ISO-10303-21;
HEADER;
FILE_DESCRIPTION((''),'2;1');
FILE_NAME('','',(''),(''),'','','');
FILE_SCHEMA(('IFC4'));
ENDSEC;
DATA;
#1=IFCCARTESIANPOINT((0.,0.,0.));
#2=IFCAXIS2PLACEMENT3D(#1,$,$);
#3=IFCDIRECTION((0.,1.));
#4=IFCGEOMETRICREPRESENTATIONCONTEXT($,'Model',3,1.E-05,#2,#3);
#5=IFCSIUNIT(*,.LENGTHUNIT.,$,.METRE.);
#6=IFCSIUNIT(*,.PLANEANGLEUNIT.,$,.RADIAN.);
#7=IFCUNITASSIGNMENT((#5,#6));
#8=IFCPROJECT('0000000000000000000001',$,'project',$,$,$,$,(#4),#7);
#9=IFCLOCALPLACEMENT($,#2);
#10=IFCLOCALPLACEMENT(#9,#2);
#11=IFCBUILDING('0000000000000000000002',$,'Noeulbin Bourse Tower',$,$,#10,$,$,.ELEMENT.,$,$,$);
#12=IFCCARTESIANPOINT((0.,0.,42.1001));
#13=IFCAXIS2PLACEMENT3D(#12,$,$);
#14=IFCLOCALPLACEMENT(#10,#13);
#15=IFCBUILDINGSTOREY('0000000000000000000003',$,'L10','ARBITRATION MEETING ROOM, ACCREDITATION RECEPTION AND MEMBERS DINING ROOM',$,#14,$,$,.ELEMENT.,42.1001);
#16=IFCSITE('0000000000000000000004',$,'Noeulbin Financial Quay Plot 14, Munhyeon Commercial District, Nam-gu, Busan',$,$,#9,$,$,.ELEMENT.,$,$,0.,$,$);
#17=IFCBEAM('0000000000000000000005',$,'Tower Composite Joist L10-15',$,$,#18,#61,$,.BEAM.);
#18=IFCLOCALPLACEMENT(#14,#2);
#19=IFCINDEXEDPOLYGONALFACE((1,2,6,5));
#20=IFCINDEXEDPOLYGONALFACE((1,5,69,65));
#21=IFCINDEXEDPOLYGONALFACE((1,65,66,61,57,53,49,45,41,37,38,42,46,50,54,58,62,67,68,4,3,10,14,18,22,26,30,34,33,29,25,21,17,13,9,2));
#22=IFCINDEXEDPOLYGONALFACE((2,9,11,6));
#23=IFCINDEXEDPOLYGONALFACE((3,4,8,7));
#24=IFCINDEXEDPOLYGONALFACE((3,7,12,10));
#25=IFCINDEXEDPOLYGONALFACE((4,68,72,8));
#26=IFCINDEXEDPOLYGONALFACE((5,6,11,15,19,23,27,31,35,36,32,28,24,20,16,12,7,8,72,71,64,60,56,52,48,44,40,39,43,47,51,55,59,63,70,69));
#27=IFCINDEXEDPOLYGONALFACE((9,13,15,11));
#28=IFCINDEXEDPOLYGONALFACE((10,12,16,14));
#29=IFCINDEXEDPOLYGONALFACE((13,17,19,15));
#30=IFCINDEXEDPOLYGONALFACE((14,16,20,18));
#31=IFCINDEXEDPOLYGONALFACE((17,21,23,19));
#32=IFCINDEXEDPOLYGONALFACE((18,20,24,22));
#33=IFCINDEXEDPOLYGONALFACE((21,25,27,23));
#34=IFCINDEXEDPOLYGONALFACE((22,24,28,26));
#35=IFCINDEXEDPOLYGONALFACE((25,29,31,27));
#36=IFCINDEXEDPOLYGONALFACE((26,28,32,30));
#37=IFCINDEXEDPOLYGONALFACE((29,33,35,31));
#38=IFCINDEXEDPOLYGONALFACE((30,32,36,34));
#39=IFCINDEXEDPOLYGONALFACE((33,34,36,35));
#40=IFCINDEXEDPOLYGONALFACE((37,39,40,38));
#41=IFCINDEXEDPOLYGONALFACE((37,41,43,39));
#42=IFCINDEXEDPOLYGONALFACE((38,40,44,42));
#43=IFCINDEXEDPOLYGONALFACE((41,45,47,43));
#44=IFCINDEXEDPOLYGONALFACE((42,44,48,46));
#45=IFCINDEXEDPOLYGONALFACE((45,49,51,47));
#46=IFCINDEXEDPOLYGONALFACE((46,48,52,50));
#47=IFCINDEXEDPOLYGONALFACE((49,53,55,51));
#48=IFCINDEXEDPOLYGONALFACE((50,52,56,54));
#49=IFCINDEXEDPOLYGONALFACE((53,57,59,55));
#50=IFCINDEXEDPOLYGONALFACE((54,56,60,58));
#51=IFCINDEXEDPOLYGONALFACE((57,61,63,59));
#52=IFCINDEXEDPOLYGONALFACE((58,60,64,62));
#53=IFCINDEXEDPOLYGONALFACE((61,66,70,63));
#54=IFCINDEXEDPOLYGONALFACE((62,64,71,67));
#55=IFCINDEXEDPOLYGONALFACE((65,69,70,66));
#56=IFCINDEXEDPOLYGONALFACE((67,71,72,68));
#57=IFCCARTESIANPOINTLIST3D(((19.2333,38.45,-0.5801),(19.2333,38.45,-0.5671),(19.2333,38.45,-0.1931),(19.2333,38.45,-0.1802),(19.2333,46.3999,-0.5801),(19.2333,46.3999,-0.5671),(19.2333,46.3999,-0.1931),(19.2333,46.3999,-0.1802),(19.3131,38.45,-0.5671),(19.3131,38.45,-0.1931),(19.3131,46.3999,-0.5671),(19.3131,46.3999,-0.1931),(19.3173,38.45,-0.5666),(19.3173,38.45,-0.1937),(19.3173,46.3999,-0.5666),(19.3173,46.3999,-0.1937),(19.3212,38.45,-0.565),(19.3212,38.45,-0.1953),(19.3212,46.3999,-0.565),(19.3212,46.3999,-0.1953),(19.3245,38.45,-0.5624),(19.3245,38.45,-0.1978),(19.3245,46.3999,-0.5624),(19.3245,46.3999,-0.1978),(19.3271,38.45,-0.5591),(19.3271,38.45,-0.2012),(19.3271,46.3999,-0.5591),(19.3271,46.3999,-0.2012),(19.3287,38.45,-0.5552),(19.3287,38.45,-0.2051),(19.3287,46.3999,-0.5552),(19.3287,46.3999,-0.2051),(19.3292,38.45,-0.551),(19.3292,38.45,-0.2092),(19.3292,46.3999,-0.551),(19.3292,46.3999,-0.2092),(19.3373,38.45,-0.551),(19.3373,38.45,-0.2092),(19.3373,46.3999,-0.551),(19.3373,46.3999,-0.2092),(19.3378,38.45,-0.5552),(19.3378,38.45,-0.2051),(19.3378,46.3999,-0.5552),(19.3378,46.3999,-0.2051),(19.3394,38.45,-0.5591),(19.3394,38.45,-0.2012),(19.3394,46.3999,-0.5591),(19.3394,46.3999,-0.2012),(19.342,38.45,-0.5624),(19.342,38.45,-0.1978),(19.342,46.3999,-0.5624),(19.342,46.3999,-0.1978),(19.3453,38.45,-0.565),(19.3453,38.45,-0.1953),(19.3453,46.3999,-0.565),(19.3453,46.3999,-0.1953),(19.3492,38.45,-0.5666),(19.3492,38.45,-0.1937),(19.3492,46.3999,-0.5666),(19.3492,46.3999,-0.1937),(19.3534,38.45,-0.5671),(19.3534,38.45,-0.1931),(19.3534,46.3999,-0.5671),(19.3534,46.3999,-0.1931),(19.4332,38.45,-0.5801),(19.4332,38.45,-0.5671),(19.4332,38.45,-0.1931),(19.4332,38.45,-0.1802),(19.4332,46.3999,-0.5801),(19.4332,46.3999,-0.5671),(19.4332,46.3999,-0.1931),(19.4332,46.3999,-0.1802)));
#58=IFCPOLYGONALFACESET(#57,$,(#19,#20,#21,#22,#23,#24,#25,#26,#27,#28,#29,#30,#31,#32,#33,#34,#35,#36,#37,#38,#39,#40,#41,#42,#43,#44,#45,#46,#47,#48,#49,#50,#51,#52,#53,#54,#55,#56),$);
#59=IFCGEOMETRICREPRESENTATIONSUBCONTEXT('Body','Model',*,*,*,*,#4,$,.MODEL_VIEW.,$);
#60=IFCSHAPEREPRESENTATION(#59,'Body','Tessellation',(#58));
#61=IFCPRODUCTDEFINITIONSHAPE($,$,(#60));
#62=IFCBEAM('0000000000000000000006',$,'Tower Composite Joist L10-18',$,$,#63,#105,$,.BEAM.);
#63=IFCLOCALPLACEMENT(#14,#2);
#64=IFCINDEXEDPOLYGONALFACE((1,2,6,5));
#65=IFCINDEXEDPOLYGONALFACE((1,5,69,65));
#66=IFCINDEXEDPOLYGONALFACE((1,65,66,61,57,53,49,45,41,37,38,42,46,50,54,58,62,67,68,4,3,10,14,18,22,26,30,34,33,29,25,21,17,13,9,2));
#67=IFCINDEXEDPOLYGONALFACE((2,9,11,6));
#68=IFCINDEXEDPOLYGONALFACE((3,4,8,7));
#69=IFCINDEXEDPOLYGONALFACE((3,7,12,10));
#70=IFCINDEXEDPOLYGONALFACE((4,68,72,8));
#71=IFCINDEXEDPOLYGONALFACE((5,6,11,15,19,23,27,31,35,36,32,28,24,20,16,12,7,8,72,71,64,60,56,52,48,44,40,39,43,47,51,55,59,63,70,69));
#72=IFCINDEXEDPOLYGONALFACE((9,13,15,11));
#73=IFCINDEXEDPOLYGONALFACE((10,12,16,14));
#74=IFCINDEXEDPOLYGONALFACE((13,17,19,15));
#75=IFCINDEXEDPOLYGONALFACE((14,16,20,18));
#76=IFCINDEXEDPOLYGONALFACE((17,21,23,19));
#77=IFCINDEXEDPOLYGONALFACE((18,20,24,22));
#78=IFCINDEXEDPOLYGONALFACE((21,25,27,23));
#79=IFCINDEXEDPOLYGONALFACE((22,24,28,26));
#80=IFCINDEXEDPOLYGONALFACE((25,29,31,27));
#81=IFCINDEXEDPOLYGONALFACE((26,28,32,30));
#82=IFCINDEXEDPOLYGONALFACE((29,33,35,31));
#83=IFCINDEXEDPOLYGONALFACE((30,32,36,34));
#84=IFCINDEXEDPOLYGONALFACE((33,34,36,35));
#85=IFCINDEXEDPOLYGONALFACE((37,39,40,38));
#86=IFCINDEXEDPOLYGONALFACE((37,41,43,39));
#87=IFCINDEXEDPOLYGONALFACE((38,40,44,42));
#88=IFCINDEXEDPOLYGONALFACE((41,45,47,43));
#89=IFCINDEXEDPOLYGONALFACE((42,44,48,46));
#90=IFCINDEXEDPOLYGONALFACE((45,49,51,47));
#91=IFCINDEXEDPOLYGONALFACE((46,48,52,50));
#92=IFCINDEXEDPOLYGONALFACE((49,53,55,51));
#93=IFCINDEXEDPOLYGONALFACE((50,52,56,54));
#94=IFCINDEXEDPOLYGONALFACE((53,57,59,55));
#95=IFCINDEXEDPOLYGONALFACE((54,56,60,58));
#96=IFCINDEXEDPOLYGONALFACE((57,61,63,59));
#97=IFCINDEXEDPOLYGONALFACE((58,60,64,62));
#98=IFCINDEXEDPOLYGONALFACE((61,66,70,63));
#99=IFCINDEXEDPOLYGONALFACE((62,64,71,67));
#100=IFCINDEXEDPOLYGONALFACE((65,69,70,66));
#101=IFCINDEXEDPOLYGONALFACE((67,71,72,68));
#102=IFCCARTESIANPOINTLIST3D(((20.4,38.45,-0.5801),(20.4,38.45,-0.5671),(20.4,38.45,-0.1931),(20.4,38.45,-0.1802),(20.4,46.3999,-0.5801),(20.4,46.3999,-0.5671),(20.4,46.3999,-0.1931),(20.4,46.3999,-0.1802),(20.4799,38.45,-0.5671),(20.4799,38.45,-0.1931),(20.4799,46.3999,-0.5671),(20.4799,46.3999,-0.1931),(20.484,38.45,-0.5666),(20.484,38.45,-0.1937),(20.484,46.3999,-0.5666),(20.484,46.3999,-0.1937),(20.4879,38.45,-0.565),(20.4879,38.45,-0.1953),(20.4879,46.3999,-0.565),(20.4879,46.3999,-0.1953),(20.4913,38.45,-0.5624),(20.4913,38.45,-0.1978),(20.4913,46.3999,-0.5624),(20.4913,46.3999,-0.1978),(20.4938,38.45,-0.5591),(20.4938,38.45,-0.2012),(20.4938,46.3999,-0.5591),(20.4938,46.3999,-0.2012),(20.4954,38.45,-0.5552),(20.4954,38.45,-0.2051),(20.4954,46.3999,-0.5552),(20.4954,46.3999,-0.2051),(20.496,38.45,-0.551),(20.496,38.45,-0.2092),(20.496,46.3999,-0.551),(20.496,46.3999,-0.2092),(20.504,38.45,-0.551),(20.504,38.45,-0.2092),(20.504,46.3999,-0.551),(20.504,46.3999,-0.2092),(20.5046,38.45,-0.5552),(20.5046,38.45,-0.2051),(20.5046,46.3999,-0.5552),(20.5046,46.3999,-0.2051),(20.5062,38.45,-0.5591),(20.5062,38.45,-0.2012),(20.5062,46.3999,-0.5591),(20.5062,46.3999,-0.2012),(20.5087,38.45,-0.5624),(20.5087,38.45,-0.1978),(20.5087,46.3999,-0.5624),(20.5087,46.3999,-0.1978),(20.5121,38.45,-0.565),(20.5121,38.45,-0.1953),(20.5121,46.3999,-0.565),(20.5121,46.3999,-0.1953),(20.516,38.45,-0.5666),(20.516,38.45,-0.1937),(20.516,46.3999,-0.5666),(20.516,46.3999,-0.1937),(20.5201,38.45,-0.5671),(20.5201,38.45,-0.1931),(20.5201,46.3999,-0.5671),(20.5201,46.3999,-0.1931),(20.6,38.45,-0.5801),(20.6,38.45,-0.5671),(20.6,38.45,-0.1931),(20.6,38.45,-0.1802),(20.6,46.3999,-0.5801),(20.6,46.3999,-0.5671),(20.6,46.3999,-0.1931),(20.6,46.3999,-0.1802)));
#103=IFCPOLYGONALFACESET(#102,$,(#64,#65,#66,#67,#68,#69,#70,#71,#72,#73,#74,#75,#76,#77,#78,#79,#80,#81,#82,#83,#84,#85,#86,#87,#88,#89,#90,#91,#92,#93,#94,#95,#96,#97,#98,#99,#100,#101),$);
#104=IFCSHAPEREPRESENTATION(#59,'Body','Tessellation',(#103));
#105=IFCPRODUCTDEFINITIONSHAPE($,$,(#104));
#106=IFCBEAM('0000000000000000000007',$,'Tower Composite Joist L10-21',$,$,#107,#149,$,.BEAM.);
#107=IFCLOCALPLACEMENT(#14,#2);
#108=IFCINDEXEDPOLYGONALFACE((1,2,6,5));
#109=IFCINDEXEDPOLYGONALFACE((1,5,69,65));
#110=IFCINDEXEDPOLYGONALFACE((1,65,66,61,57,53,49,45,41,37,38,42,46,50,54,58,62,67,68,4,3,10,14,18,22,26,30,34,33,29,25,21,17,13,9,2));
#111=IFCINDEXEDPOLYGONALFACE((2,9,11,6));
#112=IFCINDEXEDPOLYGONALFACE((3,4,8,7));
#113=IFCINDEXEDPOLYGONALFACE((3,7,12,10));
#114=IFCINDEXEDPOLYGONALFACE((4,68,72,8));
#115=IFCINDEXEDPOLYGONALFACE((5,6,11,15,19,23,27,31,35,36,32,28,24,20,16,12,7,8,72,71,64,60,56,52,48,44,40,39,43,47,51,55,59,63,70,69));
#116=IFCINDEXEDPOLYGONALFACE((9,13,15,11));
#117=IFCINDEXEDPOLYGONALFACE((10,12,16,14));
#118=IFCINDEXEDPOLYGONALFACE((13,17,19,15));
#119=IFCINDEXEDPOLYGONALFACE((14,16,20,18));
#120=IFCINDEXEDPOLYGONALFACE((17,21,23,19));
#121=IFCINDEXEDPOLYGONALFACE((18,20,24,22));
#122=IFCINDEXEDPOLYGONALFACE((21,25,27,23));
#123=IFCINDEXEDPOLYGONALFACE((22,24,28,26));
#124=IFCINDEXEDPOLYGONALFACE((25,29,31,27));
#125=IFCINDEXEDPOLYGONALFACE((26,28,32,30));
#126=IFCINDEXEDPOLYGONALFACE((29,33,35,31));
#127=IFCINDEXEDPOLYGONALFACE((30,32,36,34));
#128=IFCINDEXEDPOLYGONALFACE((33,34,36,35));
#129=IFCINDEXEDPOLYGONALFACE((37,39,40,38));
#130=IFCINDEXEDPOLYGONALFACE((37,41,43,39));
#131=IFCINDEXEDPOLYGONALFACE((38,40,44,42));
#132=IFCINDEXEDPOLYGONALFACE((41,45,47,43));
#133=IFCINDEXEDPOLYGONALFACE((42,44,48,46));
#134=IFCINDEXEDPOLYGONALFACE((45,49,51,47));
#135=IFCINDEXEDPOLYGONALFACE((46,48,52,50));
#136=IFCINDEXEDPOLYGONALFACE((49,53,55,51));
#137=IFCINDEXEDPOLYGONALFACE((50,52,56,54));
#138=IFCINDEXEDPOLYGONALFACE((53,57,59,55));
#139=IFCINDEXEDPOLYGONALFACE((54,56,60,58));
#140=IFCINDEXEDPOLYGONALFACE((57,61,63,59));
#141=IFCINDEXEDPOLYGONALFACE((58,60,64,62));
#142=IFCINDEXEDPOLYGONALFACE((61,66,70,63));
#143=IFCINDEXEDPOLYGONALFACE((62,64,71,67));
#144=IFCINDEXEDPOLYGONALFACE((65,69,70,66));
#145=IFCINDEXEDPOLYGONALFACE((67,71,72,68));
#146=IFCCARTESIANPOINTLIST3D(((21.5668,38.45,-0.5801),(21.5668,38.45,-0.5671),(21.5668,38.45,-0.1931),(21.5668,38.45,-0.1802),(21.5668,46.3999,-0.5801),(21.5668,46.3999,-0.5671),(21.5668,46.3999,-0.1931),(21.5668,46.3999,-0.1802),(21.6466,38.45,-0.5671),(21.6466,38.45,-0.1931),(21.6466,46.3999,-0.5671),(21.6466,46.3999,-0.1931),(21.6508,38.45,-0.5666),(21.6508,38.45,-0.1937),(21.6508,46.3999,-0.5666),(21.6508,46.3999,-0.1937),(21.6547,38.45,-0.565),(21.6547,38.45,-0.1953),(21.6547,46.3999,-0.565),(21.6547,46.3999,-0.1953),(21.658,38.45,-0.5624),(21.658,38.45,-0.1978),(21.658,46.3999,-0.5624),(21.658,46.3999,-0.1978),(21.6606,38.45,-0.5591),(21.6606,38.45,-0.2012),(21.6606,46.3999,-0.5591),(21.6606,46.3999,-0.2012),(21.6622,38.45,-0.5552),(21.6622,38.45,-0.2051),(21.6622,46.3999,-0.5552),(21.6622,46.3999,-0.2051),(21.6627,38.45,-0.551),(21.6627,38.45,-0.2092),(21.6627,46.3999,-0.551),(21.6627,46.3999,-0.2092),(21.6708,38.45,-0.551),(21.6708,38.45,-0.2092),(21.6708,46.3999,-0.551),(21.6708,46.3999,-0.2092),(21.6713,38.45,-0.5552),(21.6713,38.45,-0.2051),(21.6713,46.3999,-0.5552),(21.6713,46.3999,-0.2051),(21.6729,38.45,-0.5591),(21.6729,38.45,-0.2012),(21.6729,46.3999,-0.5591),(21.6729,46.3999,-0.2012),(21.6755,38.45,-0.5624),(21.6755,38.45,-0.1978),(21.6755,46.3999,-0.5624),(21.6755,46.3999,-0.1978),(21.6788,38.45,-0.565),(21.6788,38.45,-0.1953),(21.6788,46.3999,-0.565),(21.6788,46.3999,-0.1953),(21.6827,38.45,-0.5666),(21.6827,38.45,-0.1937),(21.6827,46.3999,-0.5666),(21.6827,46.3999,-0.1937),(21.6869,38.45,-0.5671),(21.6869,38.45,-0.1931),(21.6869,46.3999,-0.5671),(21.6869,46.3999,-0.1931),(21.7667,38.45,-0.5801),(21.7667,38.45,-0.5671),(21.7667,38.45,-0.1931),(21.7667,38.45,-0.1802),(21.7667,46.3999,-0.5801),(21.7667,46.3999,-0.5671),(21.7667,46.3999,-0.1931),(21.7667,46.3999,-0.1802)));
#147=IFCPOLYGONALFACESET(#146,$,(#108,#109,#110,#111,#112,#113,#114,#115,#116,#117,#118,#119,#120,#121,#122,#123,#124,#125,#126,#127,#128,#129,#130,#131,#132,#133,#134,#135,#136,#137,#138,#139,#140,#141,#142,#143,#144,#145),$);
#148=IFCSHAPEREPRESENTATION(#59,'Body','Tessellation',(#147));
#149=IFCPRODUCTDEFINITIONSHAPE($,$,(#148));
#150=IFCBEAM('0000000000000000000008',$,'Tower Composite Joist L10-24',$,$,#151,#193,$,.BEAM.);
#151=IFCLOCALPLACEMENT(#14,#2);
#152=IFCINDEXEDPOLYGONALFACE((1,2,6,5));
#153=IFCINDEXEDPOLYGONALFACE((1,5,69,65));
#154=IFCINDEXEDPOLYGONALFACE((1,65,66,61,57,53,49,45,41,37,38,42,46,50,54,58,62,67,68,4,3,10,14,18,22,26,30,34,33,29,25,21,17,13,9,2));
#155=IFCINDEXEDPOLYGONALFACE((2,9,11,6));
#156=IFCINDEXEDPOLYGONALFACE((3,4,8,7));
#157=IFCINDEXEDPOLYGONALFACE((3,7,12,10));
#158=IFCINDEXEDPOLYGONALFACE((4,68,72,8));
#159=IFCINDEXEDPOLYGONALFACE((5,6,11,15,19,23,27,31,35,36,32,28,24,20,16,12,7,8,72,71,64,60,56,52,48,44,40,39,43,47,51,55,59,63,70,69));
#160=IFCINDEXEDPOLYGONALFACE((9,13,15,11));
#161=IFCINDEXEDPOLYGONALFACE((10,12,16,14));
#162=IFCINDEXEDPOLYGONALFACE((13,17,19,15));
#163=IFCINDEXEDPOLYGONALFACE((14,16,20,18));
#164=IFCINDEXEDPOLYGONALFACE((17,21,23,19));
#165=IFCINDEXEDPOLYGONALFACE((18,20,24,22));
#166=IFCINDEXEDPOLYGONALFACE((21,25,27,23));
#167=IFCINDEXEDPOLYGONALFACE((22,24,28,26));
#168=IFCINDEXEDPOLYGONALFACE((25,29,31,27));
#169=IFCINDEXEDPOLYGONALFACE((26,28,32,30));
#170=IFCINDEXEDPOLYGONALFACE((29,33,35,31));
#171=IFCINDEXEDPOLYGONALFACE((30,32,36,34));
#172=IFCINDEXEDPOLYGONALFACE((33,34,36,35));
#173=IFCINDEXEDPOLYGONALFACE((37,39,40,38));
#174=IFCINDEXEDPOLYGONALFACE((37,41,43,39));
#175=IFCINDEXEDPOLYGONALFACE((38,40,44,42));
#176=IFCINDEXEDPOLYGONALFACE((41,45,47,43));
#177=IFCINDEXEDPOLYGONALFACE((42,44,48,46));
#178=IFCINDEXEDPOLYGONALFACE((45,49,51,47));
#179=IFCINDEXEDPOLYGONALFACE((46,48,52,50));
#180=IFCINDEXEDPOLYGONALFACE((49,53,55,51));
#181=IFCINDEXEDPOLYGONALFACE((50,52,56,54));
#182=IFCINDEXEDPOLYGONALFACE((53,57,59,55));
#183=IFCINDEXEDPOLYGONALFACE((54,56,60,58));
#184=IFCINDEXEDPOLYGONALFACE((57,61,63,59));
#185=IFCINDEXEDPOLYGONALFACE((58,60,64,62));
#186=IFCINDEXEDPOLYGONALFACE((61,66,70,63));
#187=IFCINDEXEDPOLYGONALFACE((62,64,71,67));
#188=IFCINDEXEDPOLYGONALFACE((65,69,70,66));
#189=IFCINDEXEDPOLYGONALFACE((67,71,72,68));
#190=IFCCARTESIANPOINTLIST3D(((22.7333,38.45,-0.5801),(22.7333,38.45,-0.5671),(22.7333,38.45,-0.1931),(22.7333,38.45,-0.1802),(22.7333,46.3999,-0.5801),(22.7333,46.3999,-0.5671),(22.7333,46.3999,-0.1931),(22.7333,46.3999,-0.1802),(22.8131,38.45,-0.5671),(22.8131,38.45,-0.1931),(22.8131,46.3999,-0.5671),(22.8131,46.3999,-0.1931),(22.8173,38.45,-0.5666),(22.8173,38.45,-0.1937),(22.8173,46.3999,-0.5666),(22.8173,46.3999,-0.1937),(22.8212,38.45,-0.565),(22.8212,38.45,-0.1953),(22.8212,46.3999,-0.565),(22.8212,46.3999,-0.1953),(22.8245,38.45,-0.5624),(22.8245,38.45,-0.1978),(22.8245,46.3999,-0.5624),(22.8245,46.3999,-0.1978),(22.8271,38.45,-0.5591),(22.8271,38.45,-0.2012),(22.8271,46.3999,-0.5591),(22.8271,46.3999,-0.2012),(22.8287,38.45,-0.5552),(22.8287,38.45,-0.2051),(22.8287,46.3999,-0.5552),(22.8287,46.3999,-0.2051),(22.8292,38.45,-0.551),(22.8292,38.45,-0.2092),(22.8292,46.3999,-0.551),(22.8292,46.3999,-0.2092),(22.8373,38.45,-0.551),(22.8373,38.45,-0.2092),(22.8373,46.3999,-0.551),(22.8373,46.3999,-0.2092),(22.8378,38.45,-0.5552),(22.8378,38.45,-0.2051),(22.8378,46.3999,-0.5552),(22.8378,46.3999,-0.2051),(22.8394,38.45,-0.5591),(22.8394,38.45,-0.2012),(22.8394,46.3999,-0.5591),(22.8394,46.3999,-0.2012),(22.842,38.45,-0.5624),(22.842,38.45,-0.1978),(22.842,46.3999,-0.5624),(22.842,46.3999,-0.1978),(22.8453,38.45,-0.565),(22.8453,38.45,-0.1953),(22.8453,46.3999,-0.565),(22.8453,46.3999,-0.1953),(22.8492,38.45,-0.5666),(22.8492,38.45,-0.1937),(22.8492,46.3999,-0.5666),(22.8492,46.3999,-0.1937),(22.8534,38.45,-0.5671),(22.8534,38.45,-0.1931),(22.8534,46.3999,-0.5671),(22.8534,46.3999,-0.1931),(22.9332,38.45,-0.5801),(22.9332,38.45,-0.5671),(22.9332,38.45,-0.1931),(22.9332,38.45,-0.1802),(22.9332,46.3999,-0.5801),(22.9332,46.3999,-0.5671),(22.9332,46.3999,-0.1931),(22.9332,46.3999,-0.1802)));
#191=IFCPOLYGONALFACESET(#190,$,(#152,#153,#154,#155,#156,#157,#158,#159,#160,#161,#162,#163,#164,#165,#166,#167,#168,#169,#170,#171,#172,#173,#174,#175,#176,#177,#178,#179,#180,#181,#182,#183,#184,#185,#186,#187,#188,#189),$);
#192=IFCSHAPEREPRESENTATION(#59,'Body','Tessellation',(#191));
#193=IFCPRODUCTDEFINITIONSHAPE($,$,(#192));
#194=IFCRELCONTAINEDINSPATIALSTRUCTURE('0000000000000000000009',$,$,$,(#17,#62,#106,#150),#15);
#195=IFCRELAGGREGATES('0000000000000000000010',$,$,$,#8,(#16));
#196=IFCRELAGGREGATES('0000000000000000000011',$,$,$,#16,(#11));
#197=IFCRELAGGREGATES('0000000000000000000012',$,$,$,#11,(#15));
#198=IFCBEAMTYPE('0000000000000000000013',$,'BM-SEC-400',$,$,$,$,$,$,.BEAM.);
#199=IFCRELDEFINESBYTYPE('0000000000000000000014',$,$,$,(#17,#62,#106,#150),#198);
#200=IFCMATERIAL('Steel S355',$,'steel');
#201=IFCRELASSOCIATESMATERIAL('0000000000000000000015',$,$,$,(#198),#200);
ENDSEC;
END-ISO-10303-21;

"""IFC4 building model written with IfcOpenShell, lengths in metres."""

from ifc_helpers import new_model, si_unit, direction, frame, origin, origin_2d, place, context, subcontext, project, spatial, i_section, extrude, material, material_profile, profile_set, type_object, element, save


model = new_model("IFC4")

# Units and contexts
model_context = context("Model", 3, precision=1e-05, world=origin(), true_north=direction((0.0, 1.0)))
body_context = subcontext(model_context, "Body", "Model", "MODEL_VIEW")
ifc_project = project(units=[si_unit("LENGTHUNIT", "METRE"), si_unit("PLANEANGLEUNIT", "RADIAN")], contexts=[model_context])

# Site, building, storey
site_placement = place(None, origin())
site = spatial("IfcSite", under=ifc_project, at=site_placement, Name="Noeulbin Financial Quay Plot 14, Munhyeon Commercial District, Nam-gu, Busan", CompositionType="ELEMENT", RefElevation=0.0)
building_placement = place(site_placement, origin())
building = spatial("IfcBuilding", under=site, at=building_placement, Name="Noeulbin Bourse Tower", CompositionType="ELEMENT")
storey_placement = place(building_placement, frame((0.0, 0.0, 42.1001)))
storey = spatial("IfcBuildingStorey", under=building, at=storey_placement, Name="L10", Description="ARBITRATION MEETING ROOM, ACCREDITATION RECEPTION AND MEMBERS DINING ROOM", CompositionType="ELEMENT", Elevation=42.1001)

# Beams
ifc_material_1 = material(Name="Steel S355", Category="steel")
ifc_material_profile_1 = material_profile(ifc_material_1, i_section(OverallWidth=0.2, OverallDepth=0.3999, WebThickness=0.0081, FlangeThickness=0.0129, FilletRadius=0.0161, at=origin_2d()), Name="H-400x200x8x13", Category="LoadBearing")
ifc_profile_set_1 = profile_set([ifc_material_profile_1], Name="Steel S355")
beam_type_1 = type_object("IfcBeamType", Name="BM-SEC-400", PredefinedType="BEAM", material=ifc_profile_set_1)
for number, where, z_axis, x_axis, name in (
    (1, (19.3333, 38.45, -0.3801), (0.0, 1.0, 0.0), (-1.0, 0.0, 0.0), "Tower Composite Joist L10-15"),
    (2, (20.5, 38.45, -0.3801), (0.0, 1.0, 0.0), (-1.0, 0.0, 0.0), "Tower Composite Joist L10-18"),
    (3, (21.6667, 38.45, -0.3801), (0.0, 1.0, 0.0), (-1.0, 0.0, 0.0), "Tower Composite Joist L10-21"),
    (4, (22.8333, 38.45, -0.3801), (0.0, 1.0, 0.0), (-1.0, 0.0, 0.0), "Tower Composite Joist L10-24"),
):
    element("IfcBeam", number, at=place(storey_placement, frame(where, z_axis=z_axis, x_axis=x_axis)), inside=storey, type_object=beam_type_1, Name=name, PredefinedType="BEAM", context=body_context, shape_type="SweptSolid", body=[
        extrude(i_section(OverallWidth=0.2, OverallDepth=0.3999, WebThickness=0.0081, FlangeThickness=0.0129, FilletRadius=0.0161, at=origin_2d()), origin(), (0.0, 0.0, 1.0), 7.95),
    ])

save(model, "model.ifc")
